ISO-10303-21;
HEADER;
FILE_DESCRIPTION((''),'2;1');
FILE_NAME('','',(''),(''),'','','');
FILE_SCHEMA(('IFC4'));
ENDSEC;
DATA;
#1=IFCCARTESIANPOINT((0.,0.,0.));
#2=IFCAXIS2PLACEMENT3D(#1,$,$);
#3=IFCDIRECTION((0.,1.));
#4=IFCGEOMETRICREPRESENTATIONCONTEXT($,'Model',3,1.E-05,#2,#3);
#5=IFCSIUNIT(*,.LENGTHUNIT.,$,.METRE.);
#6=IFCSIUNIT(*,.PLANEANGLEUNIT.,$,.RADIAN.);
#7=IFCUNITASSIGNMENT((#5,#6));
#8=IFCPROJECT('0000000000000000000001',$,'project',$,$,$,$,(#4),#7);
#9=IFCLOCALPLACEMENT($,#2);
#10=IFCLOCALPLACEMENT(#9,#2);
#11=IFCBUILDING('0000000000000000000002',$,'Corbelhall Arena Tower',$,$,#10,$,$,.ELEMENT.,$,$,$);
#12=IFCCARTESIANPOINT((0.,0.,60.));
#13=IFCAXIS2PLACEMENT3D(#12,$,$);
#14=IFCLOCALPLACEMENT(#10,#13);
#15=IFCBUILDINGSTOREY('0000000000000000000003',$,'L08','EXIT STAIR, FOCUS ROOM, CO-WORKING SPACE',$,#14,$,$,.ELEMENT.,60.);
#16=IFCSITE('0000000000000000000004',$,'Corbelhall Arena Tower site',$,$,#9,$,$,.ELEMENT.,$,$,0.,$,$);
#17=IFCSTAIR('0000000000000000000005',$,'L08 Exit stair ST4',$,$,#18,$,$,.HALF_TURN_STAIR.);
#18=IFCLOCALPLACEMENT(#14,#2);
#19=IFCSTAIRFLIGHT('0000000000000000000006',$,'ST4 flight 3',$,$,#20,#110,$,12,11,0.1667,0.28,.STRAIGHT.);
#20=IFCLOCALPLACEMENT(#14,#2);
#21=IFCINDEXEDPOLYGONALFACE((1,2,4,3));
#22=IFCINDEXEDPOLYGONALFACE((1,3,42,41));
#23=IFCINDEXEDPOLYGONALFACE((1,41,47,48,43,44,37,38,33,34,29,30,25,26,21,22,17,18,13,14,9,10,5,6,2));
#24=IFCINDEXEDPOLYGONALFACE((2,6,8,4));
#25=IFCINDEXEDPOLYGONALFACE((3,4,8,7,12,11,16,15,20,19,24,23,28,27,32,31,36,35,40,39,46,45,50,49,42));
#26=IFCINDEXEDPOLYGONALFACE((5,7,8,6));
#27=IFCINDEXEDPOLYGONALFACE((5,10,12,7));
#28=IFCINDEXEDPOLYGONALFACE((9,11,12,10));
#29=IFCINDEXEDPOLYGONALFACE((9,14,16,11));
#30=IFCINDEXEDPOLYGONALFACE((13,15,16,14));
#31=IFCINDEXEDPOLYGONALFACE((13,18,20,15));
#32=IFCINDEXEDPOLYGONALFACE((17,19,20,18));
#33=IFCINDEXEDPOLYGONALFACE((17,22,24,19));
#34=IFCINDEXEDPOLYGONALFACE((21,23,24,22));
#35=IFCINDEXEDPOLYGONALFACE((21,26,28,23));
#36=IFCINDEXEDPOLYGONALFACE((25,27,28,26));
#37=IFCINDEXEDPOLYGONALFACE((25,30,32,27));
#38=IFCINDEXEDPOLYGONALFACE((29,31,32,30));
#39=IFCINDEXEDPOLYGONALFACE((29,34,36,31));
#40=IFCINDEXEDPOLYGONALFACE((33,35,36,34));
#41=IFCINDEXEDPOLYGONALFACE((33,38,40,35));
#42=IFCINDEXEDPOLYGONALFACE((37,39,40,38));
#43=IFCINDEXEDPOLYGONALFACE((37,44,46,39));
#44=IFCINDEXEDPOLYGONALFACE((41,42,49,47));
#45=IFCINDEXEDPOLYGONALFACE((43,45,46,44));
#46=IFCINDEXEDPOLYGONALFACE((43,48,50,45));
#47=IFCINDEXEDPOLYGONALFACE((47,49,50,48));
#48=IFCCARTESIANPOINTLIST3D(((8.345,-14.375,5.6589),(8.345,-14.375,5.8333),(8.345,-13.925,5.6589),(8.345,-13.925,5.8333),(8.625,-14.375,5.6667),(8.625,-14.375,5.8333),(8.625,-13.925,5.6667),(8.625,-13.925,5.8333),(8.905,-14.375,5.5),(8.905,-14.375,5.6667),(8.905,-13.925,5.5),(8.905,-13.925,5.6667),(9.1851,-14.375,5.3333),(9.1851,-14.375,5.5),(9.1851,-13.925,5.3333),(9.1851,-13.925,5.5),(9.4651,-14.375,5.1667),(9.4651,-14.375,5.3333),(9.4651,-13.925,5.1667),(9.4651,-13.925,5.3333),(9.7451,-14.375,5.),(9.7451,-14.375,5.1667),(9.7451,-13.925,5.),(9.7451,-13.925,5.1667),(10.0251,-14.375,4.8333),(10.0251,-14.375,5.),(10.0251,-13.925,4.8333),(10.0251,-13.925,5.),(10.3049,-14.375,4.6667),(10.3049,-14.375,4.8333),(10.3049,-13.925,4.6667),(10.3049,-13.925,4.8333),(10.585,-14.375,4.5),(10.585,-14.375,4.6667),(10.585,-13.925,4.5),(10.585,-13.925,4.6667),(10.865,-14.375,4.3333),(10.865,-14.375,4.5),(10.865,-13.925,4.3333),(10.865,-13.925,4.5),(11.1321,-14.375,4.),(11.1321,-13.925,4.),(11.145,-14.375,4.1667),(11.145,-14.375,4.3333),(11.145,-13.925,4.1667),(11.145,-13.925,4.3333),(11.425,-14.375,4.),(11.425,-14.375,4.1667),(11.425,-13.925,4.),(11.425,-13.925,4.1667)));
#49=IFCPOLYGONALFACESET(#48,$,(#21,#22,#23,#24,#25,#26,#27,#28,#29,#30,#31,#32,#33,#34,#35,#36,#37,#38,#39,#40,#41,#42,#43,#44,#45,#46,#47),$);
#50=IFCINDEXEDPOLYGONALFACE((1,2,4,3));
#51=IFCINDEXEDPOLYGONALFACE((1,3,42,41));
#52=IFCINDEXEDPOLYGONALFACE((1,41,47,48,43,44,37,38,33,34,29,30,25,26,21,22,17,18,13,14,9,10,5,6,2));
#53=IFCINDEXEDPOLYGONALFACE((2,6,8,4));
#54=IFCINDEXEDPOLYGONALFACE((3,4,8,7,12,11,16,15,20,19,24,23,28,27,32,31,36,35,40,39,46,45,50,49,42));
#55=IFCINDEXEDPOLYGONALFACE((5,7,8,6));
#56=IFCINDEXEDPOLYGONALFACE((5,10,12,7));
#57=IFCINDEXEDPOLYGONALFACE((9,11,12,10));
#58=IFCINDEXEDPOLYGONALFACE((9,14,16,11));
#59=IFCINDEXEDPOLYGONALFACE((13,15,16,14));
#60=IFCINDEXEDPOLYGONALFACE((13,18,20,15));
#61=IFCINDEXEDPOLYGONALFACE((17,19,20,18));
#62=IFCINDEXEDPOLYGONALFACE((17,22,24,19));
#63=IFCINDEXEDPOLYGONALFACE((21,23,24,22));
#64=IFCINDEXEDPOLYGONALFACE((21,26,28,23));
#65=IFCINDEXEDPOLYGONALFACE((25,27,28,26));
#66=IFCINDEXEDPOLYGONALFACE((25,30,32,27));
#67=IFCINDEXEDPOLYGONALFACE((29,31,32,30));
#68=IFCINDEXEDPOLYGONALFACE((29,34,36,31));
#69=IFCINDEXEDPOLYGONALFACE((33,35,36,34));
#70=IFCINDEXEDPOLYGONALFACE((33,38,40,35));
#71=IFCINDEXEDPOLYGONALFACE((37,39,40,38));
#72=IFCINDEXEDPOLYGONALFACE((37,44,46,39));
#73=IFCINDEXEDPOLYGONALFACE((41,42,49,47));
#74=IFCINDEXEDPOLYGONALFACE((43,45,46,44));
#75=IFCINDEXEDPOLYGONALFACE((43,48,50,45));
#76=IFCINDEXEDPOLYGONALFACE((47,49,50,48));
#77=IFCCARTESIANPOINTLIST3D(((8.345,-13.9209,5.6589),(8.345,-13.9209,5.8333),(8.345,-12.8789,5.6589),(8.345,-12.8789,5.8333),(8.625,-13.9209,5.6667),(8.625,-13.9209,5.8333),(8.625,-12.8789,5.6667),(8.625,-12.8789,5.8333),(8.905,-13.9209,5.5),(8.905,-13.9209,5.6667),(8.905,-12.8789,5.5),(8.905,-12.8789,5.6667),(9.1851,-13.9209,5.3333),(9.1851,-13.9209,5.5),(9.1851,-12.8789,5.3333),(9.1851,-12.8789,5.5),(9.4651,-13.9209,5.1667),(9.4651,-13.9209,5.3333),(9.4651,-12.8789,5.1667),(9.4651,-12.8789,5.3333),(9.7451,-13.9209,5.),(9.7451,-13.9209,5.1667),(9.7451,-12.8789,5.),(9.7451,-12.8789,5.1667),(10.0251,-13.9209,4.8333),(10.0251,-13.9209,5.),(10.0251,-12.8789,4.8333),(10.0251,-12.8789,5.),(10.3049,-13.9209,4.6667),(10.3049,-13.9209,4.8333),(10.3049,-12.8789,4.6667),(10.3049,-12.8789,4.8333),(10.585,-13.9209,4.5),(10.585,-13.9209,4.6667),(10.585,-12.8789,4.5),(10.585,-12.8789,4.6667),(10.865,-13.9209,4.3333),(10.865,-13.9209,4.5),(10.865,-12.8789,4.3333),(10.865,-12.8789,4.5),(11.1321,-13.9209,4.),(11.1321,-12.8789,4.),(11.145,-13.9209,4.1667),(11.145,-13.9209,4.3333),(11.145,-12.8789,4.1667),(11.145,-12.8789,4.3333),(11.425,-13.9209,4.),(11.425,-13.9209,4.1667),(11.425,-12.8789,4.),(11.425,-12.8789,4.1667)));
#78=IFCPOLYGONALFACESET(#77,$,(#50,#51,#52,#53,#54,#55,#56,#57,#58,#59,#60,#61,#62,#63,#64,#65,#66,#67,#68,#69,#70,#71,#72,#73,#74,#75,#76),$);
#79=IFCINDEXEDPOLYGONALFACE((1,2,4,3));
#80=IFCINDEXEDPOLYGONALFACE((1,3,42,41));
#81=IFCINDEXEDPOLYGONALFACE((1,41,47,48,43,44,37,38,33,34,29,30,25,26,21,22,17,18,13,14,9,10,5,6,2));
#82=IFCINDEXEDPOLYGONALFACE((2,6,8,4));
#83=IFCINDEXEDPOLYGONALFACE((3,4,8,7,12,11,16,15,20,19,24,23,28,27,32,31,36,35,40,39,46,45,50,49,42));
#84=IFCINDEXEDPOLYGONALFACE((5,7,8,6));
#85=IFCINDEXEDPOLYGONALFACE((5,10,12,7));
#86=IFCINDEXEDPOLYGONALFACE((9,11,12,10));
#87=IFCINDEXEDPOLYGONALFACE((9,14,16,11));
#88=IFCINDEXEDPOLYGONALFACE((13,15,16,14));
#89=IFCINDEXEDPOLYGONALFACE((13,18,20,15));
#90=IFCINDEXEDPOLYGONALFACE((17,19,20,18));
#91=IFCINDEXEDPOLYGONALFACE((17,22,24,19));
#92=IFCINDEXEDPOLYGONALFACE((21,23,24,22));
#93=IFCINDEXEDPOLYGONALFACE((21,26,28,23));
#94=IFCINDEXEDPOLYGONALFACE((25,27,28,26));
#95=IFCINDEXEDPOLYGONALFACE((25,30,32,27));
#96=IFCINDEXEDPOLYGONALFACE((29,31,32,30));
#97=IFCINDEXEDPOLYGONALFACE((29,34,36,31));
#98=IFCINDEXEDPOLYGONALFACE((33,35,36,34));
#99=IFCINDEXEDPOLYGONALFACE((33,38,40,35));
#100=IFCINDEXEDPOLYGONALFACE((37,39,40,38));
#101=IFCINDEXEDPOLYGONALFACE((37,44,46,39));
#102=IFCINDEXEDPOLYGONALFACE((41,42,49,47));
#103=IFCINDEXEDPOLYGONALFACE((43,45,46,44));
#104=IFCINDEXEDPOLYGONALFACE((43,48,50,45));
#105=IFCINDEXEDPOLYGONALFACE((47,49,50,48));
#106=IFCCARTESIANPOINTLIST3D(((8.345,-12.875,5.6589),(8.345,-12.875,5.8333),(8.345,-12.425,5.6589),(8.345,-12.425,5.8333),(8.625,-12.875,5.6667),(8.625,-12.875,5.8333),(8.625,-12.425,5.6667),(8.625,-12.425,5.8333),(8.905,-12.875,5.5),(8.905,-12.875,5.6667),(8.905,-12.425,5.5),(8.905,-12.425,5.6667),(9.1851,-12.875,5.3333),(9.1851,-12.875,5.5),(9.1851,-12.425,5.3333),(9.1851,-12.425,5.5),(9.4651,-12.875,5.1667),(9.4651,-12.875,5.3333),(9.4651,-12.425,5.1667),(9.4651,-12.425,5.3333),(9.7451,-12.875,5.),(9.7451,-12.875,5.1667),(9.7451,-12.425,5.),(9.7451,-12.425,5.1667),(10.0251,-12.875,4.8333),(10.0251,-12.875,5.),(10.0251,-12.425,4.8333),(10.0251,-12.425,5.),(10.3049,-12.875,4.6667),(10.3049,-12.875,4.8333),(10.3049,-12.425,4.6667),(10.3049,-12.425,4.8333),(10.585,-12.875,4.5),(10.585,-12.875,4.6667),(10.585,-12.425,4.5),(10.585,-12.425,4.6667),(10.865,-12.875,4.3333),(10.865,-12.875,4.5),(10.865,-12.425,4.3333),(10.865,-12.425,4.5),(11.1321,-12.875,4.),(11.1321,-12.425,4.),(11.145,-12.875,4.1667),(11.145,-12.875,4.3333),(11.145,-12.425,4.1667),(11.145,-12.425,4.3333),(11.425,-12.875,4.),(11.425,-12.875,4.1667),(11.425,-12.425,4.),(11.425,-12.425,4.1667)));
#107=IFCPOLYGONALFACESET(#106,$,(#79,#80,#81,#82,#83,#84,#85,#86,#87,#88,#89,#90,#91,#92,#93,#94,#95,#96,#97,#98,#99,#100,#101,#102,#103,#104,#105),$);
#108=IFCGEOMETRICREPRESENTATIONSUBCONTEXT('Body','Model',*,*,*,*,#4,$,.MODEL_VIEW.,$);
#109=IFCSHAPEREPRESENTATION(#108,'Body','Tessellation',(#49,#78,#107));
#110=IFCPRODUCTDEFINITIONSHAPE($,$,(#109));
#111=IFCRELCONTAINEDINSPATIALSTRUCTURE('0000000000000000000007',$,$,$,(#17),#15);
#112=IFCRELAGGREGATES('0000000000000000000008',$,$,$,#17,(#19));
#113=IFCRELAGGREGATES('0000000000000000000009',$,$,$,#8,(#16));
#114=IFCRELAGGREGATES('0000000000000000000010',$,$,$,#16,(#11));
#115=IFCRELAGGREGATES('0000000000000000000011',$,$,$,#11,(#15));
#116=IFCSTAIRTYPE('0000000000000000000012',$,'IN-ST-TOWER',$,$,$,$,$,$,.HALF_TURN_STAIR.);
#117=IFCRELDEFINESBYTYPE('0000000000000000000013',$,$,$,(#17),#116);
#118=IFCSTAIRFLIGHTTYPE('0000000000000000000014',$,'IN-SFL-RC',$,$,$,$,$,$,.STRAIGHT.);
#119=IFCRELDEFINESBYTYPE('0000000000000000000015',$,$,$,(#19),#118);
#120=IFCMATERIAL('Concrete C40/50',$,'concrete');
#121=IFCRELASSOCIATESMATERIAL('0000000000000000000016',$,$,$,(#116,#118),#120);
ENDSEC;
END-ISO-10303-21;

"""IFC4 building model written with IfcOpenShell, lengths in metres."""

from ifc_helpers import new_model, si_unit, direction, frame, origin, place, context, subcontext, project, spatial, polyline, outline, extrude, material, type_object, element, aggregate, save


model = new_model("IFC4")

# Units and contexts
model_context = context("Model", 3, precision=1e-05, world=origin(), true_north=direction((0.0, 1.0)))
body_context = subcontext(model_context, "Body", "Model", "MODEL_VIEW")
ifc_project = project(units=[si_unit("LENGTHUNIT", "METRE"), si_unit("PLANEANGLEUNIT", "RADIAN")], contexts=[model_context])

# Site, building, storey
site_placement = place(None, origin())
site = spatial("IfcSite", under=ifc_project, at=site_placement, Name="Corbelhall Arena Tower site", CompositionType="ELEMENT", RefElevation=0.0)
building_placement = place(site_placement, origin())
building = spatial("IfcBuilding", under=site, at=building_placement, Name="Corbelhall Arena Tower", CompositionType="ELEMENT")
storey_placement = place(building_placement, frame((0.0, 0.0, 60.0)))
storey = spatial("IfcBuildingStorey", under=building, at=storey_placement, Name="L08", Description="EXIT STAIR, FOCUS ROOM, CO-WORKING SPACE", CompositionType="ELEMENT", Elevation=60.0)

# Shared definitions
ifc_material_1 = material(Name="Concrete C40/50", Category="concrete")

# Stair, stair flight
stair_type = type_object("IfcStairType", Name="IN-ST-TOWER", PredefinedType="HALF_TURN_STAIR", material=ifc_material_1)
stair_placement = place(storey_placement, origin())
stair = element("IfcStair", 1, at=stair_placement, inside=storey, type_object=stair_type, Name="L08 Exit stair ST4", PredefinedType="HALF_TURN_STAIR")
stair_flight_type = type_object("IfcStairFlightType", Name="IN-SFL-RC", PredefinedType="STRAIGHT", material=ifc_material_1)
stair_flight_1_placement = place(storey_placement, frame((11.425, -13.3999, 4.0), z_axis=(0.0, 0.0, 1.0), x_axis=(-1.0, 0.0, 0.0)))
stair_flight_1 = element("IfcStairFlight", 2, at=stair_flight_1_placement, type_object=stair_flight_type, Name="ST4 flight 3", NumberOfRisers=12, NumberOfTreads=11, PredefinedType="STRAIGHT", RiserHeight=0.1667, TreadLength=0.28, context=body_context, shape_type="SweptSolid", body=[
    extrude(outline(polyline([(0.0, 0.0), (0.0, 0.1667), (0.28, 0.1667), (0.28, 0.3333), (0.5601, 0.3333), (0.5601, 0.5), (0.8401, 0.5), (0.8401, 0.6667), (1.1201, 0.6667), (1.1201, 0.8333), (1.3999, 0.8333), (1.3999, 1.0), (1.6799, 1.0), (1.6799, 1.1667), (1.96, 1.1667), (1.96, 1.3333), (2.24, 1.3333), (2.24, 1.5), (2.52, 1.5), (2.52, 1.6667), (2.8, 1.6667), (2.8, 1.8333), (3.0801, 1.8333), (3.0801, 2.0), (3.0801, 1.6589), (0.293, 0.0), (0.0, 0.0)])), frame((0.0, 0.9751, 0.0), z_axis=(0.0, -1.0, 0.0), x_axis=(1.0, 0.0, 0.0)), (0.0, 0.0, 1.0), 0.45),
    extrude(outline(polyline([(0.0, 0.0), (0.0, 0.1667), (0.28, 0.1667), (0.28, 0.3333), (0.5601, 0.3333), (0.5601, 0.5), (0.8401, 0.5), (0.8401, 0.6667), (1.1201, 0.6667), (1.1201, 0.8333), (1.3999, 0.8333), (1.3999, 1.0), (1.6799, 1.0), (1.6799, 1.1667), (1.96, 1.1667), (1.96, 1.3333), (2.24, 1.3333), (2.24, 1.5), (2.52, 1.5), (2.52, 1.6667), (2.8, 1.6667), (2.8, 1.8333), (3.0801, 1.8333), (3.0801, 2.0), (3.0801, 1.6589), (0.293, 0.0), (0.0, 0.0)])), frame((0.0, 0.521, 0.0), z_axis=(0.0, -1.0, 0.0), x_axis=(1.0, 0.0, 0.0)), (0.0, 0.0, 1.0), 1.042),
    extrude(outline(polyline([(0.0, 0.0), (0.0, 0.1667), (0.28, 0.1667), (0.28, 0.3333), (0.5601, 0.3333), (0.5601, 0.5), (0.8401, 0.5), (0.8401, 0.6667), (1.1201, 0.6667), (1.1201, 0.8333), (1.3999, 0.8333), (1.3999, 1.0), (1.6799, 1.0), (1.6799, 1.1667), (1.96, 1.1667), (1.96, 1.3333), (2.24, 1.3333), (2.24, 1.5), (2.52, 1.5), (2.52, 1.6667), (2.8, 1.6667), (2.8, 1.8333), (3.0801, 1.8333), (3.0801, 2.0), (3.0801, 1.6589), (0.293, 0.0), (0.0, 0.0)])), frame((0.0, -0.5249, 0.0), z_axis=(0.0, -1.0, 0.0), x_axis=(1.0, 0.0, 0.0)), (0.0, 0.0, 1.0), 0.45),
])
aggregate(stair, [stair_flight_1])

save(model, "model.ifc")
